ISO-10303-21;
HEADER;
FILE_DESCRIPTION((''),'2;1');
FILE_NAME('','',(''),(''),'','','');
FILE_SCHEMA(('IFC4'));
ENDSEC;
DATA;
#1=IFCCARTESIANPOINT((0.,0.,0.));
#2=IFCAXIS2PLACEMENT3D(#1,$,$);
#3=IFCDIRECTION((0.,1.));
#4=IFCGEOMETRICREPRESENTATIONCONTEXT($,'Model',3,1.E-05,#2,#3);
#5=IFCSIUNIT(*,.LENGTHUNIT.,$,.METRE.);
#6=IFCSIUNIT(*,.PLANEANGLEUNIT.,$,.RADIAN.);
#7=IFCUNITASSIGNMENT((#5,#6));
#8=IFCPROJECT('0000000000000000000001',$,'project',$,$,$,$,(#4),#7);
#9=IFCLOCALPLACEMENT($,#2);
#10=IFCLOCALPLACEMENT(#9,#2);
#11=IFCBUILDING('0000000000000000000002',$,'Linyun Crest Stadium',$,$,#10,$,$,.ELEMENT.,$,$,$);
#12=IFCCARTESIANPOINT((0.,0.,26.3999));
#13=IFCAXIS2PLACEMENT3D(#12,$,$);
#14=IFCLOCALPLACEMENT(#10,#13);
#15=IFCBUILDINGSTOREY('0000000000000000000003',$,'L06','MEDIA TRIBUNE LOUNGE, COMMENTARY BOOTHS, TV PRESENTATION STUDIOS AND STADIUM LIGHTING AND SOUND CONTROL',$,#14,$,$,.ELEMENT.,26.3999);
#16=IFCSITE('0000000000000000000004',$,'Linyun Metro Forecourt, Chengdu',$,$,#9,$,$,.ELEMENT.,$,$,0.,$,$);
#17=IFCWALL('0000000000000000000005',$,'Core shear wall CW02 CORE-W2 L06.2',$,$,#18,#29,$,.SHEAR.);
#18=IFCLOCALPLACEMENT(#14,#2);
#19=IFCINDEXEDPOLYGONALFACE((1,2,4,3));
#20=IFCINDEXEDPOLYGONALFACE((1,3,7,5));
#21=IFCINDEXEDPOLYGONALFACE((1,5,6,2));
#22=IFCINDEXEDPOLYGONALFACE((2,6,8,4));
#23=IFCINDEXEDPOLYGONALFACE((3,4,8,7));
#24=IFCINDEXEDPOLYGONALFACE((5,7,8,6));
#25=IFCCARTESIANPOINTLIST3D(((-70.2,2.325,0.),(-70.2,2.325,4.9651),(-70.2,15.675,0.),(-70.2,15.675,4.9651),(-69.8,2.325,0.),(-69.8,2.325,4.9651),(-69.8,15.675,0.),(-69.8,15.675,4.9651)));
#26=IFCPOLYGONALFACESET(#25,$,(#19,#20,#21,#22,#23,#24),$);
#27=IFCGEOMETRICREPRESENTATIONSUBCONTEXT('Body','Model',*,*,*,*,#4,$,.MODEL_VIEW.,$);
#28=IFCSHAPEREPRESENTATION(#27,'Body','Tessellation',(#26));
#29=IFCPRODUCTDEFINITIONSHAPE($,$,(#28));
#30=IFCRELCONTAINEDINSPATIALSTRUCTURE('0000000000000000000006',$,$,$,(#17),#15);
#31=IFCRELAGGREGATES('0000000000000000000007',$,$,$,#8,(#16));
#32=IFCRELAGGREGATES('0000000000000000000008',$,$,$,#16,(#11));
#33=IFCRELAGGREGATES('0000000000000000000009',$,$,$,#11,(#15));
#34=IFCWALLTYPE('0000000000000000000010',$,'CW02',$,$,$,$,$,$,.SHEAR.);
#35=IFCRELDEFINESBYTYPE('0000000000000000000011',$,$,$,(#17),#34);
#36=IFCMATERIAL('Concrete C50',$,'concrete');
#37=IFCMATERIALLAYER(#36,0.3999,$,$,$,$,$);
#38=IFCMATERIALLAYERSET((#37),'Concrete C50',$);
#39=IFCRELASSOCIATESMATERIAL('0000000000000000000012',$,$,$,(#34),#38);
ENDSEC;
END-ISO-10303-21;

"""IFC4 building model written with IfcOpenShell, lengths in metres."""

from ifc_helpers import new_model, si_unit, direction, frame, frame_2d, origin, place, context, subcontext, project, spatial, rectangle, extrude, material, layer, layer_set, type_object, element, save


model = new_model("IFC4")

# Units and contexts
model_context = context("Model", 3, precision=1e-05, world=origin(), true_north=direction((0.0, 1.0)))
body_context = subcontext(model_context, "Body", "Model", "MODEL_VIEW")
ifc_project = project(units=[si_unit("LENGTHUNIT", "METRE"), si_unit("PLANEANGLEUNIT", "RADIAN")], contexts=[model_context])

# Site, building, storey
site_placement = place(None, origin())
site = spatial("IfcSite", under=ifc_project, at=site_placement, Name="Linyun Metro Forecourt, Chengdu", CompositionType="ELEMENT", RefElevation=0.0)
building_placement = place(site_placement, origin())
building = spatial("IfcBuilding", under=site, at=building_placement, Name="Linyun Crest Stadium", CompositionType="ELEMENT")
storey_placement = place(building_placement, frame((0.0, 0.0, 26.3999)))
storey = spatial("IfcBuildingStorey", under=building, at=storey_placement, Name="L06", Description="MEDIA TRIBUNE LOUNGE, COMMENTARY BOOTHS, TV PRESENTATION STUDIOS AND STADIUM LIGHTING AND SOUND CONTROL", CompositionType="ELEMENT", Elevation=26.3999)

# Wall
ifc_material_1 = material(Name="Concrete C50", Category="concrete")
ifc_layer_1 = layer(ifc_material_1, 0.3999)
ifc_layer_set_1 = layer_set([ifc_layer_1], Name="Concrete C50")
wall_type = type_object("IfcWallType", Name="CW02", PredefinedType="SHEAR", material=ifc_layer_set_1)
wall_placement = place(storey_placement, frame((-70.0, 2.325, 0.0), z_axis=(0.0, 0.0, 1.0), x_axis=(0.0, 1.0, 0.0)))
element("IfcWall", 1, at=wall_placement, inside=storey, type_object=wall_type, Name="Core shear wall CW02 CORE-W2 L06.2", PredefinedType="SHEAR", context=body_context, shape_type="SweptSolid", body=[
    extrude(rectangle(XDim=13.3501, YDim=0.3999, at=frame_2d((6.675, 0.0))), origin(), (0.0, 0.0, 1.0), 4.9651),
])

save(model, "model.ifc")
